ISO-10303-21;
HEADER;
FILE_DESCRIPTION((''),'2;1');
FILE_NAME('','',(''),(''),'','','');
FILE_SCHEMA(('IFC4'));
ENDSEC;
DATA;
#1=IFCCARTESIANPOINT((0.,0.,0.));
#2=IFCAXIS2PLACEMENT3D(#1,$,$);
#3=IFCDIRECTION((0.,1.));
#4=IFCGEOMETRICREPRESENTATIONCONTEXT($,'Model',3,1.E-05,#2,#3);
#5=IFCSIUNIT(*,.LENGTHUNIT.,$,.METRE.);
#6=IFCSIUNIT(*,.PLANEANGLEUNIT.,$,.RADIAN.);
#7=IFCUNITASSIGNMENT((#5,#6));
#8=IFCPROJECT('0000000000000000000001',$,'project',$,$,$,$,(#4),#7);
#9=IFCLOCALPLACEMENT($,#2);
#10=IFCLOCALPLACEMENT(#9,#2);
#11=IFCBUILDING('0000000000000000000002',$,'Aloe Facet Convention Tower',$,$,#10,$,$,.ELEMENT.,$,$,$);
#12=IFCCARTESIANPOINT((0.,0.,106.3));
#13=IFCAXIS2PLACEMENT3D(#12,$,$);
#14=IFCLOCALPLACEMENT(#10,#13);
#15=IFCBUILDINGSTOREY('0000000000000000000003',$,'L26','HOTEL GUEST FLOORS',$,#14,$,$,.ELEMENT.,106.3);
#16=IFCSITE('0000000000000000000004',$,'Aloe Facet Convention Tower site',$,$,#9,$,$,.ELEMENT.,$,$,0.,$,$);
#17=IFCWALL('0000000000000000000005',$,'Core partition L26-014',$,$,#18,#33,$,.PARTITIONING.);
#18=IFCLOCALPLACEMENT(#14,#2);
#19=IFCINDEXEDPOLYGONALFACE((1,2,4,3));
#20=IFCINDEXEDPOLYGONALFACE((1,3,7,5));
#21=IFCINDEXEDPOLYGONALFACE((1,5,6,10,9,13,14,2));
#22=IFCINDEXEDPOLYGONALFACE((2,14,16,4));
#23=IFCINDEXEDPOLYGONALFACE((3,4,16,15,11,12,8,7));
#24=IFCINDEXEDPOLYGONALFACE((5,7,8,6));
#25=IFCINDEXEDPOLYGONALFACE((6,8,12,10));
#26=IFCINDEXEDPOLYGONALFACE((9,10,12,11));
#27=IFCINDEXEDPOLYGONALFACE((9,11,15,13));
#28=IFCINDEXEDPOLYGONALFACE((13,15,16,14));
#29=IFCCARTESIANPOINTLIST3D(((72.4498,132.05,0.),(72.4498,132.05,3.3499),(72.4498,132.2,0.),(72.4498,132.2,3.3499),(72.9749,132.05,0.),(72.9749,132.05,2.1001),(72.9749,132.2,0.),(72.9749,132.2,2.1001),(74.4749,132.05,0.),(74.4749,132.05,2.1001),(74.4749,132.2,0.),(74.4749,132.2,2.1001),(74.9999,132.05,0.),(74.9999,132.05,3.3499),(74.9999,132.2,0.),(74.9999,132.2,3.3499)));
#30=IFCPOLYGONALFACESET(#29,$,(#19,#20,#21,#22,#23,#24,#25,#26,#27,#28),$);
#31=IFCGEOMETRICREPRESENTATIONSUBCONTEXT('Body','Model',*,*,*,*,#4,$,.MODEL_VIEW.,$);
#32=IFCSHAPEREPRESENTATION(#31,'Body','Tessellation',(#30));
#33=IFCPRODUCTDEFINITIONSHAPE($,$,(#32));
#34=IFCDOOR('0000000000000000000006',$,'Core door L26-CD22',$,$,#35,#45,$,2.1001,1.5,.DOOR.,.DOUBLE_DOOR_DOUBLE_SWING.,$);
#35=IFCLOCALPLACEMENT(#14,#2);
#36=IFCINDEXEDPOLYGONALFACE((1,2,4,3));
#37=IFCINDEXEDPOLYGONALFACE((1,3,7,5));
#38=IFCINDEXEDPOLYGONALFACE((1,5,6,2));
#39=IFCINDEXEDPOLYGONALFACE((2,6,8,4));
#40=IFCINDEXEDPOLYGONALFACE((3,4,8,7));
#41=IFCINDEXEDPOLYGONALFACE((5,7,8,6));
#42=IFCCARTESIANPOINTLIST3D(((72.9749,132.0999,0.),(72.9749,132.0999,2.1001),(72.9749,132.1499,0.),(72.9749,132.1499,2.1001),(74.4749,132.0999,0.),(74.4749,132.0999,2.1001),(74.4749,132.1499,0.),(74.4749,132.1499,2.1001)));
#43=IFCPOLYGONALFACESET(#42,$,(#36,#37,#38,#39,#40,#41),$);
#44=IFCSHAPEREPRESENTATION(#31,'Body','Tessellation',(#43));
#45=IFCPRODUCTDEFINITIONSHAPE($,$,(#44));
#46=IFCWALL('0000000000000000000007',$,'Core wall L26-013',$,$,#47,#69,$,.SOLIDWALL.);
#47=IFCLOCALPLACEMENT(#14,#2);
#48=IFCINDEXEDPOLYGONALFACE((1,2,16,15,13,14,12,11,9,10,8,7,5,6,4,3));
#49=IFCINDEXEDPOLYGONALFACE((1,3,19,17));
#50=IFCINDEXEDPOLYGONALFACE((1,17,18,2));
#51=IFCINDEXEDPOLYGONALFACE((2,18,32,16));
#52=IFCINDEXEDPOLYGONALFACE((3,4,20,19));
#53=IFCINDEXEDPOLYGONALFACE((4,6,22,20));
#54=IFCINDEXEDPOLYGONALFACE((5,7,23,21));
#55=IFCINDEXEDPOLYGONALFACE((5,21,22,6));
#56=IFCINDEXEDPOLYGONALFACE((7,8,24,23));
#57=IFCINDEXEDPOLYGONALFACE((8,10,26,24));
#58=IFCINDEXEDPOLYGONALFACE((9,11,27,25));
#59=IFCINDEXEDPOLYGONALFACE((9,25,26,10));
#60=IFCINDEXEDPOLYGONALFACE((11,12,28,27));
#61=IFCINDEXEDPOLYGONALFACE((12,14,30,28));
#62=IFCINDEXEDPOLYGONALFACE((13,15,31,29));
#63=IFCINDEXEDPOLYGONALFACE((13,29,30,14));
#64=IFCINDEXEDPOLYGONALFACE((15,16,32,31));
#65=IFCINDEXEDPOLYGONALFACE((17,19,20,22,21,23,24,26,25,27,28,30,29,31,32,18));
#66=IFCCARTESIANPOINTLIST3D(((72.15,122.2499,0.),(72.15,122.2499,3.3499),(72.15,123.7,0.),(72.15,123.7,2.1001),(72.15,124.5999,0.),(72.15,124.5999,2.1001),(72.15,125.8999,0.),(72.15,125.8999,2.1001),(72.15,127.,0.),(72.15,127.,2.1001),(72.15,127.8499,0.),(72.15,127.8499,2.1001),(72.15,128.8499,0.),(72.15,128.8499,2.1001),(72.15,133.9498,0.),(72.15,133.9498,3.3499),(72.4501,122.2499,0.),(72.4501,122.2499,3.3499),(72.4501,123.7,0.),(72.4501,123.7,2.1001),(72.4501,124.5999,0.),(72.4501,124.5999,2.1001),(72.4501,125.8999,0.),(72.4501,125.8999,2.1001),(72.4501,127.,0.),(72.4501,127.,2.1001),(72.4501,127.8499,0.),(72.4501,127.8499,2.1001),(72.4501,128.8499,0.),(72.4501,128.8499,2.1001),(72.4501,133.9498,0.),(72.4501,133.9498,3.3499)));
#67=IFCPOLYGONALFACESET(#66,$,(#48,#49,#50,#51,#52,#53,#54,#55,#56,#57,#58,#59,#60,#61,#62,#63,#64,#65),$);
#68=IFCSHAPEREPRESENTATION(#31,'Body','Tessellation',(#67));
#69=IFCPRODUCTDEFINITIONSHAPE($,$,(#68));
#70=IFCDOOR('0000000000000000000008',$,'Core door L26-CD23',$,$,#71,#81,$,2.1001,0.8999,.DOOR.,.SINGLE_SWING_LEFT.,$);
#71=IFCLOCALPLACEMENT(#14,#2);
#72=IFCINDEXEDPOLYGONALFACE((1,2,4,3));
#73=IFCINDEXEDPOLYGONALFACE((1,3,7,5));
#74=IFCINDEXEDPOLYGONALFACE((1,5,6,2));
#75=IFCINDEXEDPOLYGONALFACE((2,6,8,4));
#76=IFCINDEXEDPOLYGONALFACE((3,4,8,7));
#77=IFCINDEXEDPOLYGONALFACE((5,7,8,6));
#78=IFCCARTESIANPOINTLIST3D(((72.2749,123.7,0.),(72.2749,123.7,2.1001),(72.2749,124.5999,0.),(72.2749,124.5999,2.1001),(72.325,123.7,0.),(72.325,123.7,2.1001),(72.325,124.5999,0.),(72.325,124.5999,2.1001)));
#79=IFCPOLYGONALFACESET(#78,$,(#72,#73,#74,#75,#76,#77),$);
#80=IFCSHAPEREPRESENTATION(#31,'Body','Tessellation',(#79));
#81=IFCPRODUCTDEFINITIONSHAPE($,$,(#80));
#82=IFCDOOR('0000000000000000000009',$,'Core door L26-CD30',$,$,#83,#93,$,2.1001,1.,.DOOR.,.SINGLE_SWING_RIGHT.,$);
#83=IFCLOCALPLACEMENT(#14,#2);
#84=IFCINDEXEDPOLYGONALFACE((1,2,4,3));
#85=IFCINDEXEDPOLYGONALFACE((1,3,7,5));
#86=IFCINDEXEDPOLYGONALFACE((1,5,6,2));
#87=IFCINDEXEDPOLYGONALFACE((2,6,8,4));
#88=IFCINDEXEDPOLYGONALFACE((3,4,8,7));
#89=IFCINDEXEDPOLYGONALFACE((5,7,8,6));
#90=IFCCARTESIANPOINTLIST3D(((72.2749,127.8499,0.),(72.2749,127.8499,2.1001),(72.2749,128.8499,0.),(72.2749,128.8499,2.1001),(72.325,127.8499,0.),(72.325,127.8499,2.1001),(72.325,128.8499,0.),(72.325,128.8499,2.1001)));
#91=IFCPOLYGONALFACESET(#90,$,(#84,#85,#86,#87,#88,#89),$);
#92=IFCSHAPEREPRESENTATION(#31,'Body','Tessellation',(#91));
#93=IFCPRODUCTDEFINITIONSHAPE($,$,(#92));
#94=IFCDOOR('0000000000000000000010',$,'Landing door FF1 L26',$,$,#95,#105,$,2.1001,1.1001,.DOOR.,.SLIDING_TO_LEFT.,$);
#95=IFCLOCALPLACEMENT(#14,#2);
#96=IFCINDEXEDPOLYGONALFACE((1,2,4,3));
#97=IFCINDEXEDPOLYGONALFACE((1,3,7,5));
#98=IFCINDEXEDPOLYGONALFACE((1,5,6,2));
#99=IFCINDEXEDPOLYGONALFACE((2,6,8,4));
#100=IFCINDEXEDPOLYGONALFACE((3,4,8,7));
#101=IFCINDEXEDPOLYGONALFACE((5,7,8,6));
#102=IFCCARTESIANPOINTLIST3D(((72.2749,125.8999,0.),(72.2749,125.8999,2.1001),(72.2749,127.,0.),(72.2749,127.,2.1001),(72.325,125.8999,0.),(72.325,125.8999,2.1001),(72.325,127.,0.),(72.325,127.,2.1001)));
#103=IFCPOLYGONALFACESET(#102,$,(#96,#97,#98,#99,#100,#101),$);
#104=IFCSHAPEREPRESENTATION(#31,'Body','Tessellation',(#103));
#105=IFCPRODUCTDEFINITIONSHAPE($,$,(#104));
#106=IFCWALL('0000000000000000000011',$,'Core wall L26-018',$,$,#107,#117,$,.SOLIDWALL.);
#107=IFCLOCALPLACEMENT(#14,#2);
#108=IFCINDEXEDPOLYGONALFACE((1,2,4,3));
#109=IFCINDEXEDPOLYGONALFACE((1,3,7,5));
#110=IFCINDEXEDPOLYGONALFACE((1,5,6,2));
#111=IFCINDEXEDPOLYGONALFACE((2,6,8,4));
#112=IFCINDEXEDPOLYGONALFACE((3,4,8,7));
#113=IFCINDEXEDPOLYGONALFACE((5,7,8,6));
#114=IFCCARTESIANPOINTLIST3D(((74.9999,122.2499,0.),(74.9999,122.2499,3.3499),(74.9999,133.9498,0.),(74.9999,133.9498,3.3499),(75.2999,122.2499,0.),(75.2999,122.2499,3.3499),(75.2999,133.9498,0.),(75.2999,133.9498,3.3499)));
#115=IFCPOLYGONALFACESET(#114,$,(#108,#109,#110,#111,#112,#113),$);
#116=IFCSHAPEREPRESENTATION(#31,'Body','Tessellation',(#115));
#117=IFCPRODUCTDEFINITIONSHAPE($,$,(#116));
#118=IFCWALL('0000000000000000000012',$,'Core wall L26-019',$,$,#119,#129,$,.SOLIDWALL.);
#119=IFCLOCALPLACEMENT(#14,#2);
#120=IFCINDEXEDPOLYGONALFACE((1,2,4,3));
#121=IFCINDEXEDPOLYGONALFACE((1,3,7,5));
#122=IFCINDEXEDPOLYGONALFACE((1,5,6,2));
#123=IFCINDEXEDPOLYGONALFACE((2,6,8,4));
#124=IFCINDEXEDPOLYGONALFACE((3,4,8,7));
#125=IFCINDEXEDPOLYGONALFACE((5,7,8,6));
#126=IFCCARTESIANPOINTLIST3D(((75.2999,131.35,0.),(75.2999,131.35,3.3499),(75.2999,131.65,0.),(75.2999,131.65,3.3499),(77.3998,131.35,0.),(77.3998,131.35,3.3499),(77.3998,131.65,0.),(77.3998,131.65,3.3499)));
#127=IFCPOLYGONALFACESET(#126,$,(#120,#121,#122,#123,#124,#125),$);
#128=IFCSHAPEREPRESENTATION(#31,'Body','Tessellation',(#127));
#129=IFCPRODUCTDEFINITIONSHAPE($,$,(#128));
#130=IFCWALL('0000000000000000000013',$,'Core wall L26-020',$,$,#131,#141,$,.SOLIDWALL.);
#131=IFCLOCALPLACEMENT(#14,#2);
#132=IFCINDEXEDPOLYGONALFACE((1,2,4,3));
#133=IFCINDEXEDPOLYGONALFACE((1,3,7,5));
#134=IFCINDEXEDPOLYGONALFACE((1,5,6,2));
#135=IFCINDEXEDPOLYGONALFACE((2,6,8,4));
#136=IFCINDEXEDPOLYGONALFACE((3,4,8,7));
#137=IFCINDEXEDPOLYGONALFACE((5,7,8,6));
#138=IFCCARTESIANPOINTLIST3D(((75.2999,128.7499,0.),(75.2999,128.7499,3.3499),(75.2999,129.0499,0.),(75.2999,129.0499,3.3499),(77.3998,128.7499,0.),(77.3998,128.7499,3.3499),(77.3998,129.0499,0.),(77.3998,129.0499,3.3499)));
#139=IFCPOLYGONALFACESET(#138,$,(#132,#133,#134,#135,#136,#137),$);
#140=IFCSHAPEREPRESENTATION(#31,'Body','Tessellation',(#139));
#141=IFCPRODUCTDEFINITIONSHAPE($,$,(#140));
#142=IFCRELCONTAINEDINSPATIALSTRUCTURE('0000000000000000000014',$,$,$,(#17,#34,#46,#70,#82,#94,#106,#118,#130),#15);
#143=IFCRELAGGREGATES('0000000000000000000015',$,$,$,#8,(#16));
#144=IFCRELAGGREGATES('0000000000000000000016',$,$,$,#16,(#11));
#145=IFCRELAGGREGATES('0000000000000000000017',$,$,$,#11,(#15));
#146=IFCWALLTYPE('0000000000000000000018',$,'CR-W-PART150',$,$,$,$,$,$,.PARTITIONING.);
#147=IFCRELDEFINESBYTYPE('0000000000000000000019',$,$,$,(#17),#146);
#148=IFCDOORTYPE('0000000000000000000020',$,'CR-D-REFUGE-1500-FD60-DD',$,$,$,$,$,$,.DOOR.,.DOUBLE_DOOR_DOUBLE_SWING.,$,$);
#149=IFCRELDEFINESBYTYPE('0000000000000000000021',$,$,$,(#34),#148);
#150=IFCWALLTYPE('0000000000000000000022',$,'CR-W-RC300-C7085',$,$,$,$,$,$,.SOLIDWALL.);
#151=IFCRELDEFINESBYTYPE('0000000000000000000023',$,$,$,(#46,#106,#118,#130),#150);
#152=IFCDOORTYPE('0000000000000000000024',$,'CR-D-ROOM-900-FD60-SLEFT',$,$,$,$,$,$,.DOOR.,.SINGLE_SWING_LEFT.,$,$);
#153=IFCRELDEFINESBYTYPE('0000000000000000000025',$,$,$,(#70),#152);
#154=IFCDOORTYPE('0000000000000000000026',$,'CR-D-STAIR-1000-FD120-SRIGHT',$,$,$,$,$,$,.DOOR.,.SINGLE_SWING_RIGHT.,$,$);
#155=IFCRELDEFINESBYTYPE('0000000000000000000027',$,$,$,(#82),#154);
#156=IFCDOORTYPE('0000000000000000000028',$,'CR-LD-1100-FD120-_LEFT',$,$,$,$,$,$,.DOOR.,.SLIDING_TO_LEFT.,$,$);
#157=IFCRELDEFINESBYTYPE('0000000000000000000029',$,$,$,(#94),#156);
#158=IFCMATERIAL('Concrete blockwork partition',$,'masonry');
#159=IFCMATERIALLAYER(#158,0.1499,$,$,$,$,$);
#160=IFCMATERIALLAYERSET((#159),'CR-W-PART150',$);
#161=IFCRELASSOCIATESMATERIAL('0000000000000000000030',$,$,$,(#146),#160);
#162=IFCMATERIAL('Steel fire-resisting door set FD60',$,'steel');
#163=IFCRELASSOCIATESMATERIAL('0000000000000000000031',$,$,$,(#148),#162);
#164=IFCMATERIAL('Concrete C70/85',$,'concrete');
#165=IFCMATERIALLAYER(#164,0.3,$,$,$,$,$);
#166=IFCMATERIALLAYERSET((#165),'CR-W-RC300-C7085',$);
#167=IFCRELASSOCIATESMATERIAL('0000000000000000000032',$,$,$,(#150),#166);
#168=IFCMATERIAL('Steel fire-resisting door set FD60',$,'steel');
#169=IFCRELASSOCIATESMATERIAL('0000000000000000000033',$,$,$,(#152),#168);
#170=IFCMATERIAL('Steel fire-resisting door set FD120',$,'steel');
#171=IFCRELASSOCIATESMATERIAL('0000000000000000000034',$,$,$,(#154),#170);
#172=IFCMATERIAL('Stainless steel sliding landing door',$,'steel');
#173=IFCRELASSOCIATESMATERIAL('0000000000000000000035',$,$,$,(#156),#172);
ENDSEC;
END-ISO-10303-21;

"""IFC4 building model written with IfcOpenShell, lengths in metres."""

from ifc_helpers import new_model, si_unit, direction, frame, frame_2d, origin, place, context, subcontext, project, spatial, rectangle, extrude, material, layer, layer_set, type_object, element, fill, save


model = new_model("IFC4")

# Units and contexts
model_context = context("Model", 3, precision=1e-05, world=origin(), true_north=direction((0.0, 1.0)))
body_context = subcontext(model_context, "Body", "Model", "MODEL_VIEW")
ifc_project = project(units=[si_unit("LENGTHUNIT", "METRE"), si_unit("PLANEANGLEUNIT", "RADIAN")], contexts=[model_context])

# Site, building, storey
site_placement = place(None, origin())
site = spatial("IfcSite", under=ifc_project, at=site_placement, Name="Aloe Facet Convention Tower site", CompositionType="ELEMENT", RefElevation=0.0)
building_placement = place(site_placement, origin())
building = spatial("IfcBuilding", under=site, at=building_placement, Name="Aloe Facet Convention Tower", CompositionType="ELEMENT")
storey_placement = place(building_placement, frame((0.0, 0.0, 106.3)))
storey = spatial("IfcBuildingStorey", under=building, at=storey_placement, Name="L26", Description="HOTEL GUEST FLOORS", CompositionType="ELEMENT", Elevation=106.3)

# Wall, opening, door
ifc_material_1 = material(Name="Concrete blockwork partition", Category="masonry")
ifc_layer_1 = layer(ifc_material_1, 0.1499)
ifc_layer_set_1 = layer_set([ifc_layer_1], Name="CR-W-PART150")
wall_type_1 = type_object("IfcWallType", Name="CR-W-PART150", PredefinedType="PARTITIONING", material=ifc_layer_set_1)
wall_1_placement = place(storey_placement, frame((72.45, 132.125, 0.0), z_axis=(0.0, 0.0, 1.0), x_axis=(1.0, 0.0, 0.0)))
wall_1 = element("IfcWall", 1, at=wall_1_placement, inside=storey, type_object=wall_type_1, Name="Core partition L26-014", PredefinedType="PARTITIONING", context=body_context, shape_type="SweptSolid", body=[
    extrude(rectangle(XDim=2.55, YDim=0.1499, at=frame_2d((1.2749, 0.0))), origin(), (0.0, 0.0, 1.0), 3.3499),
])
opening_1_placement = place(wall_1_placement, frame((0.5249, 0.0, 0.0)))
opening_1 = element("IfcOpeningElement", 2, at=opening_1_placement, cuts=wall_1, PredefinedType="OPENING", context=body_context, shape_type="SweptSolid", body=[
    extrude(rectangle(XDim=1.5, YDim=2.1001, at=frame_2d((0.75, 1.05))), frame((0.0, 0.085, 0.0), z_axis=(0.0, -1.0, 0.0), x_axis=(1.0, 0.0, 0.0)), (0.0, 0.0, 1.0), 0.1699),
])
ifc_material_2 = material(Name="Steel fire-resisting door set FD60", Category="steel")
door_type_1 = type_object("IfcDoorType", Name="CR-D-REFUGE-1500-FD60-DD", OperationType="DOUBLE_DOOR_DOUBLE_SWING", PredefinedType="DOOR", material=ifc_material_2)
door_1_placement = place(opening_1_placement, origin())
door_1 = element("IfcDoor", 3, at=door_1_placement, inside=storey, type_object=door_type_1, Name="Core door L26-CD22", OperationType="DOUBLE_DOOR_DOUBLE_SWING", OverallHeight=2.1001, OverallWidth=1.5, PredefinedType="DOOR", context=body_context, shape_type="SweptSolid", body=[
    extrude(rectangle(XDim=1.5, YDim=2.1001, at=frame_2d((0.75, 1.05))), frame((0.0, 0.0249, 0.0), z_axis=(0.0, -1.0, 0.0), x_axis=(1.0, 0.0, 0.0)), (0.0, 0.0, 1.0), 0.05),
])
fill(opening_1, door_1)

# Wall, openings, doors
ifc_material_3 = material(Name="Concrete C70/85", Category="concrete")
ifc_layer_2 = layer(ifc_material_3, 0.3)
ifc_layer_set_2 = layer_set([ifc_layer_2], Name="CR-W-RC300-C7085")
wall_type_2 = type_object("IfcWallType", Name="CR-W-RC300-C7085", PredefinedType="SOLIDWALL", material=ifc_layer_set_2)
wall_2_placement = place(storey_placement, frame((72.3, 133.95, 0.0), z_axis=(0.0, 0.0, 1.0), x_axis=(0.0, -1.0, 0.0)))
wall_2 = element("IfcWall", 4, at=wall_2_placement, inside=storey, type_object=wall_type_2, Name="Core wall L26-013", PredefinedType="SOLIDWALL", context=body_context, shape_type="SweptSolid", body=[
    extrude(rectangle(XDim=11.7, YDim=0.3, at=frame_2d((5.8501, 0.0))), origin(), (0.0, 0.0, 1.0), 3.3499),
])
opening_2_placement = place(wall_2_placement, frame((6.95, 0.0, 0.0)))
opening_2 = element("IfcOpeningElement", 5, at=opening_2_placement, cuts=wall_2, PredefinedType="OPENING", context=body_context, shape_type="SweptSolid", body=[
    extrude(rectangle(XDim=1.1001, YDim=2.1001, at=frame_2d((0.55, 1.05))), frame((0.0, 0.1602, 0.0), z_axis=(0.0, -1.0, 0.0), x_axis=(1.0, 0.0, 0.0)), (0.0, 0.0, 1.0), 0.3201),
])
opening_3_placement = place(wall_2_placement, frame((9.3501, 0.0, 0.0)))
opening_3 = element("IfcOpeningElement", 6, at=opening_3_placement, cuts=wall_2, PredefinedType="OPENING", context=body_context, shape_type="SweptSolid", body=[
    extrude(rectangle(XDim=0.8999, YDim=2.1001, at=frame_2d((0.45, 1.05))), frame((0.0, 0.1602, 0.0), z_axis=(0.0, -1.0, 0.0), x_axis=(1.0, 0.0, 0.0)), (0.0, 0.0, 1.0), 0.3201),
])
opening_4_placement = place(wall_2_placement, frame((5.1001, 0.0, 0.0)))
opening_4 = element("IfcOpeningElement", 7, at=opening_4_placement, cuts=wall_2, PredefinedType="OPENING", context=body_context, shape_type="SweptSolid", body=[
    extrude(rectangle(XDim=1.0, YDim=2.1001, at=frame_2d((0.5, 1.05))), frame((0.0, 0.1602, 0.0), z_axis=(0.0, -1.0, 0.0), x_axis=(1.0, 0.0, 0.0)), (0.0, 0.0, 1.0), 0.3201),
])
ifc_material_4 = material(Name="Steel fire-resisting door set FD60", Category="steel")
door_type_2 = type_object("IfcDoorType", Name="CR-D-ROOM-900-FD60-SLEFT", OperationType="SINGLE_SWING_LEFT", PredefinedType="DOOR", material=ifc_material_4)
door_2_placement = place(opening_3_placement, origin())
door_2 = element("IfcDoor", 8, at=door_2_placement, inside=storey, type_object=door_type_2, Name="Core door L26-CD23", OperationType="SINGLE_SWING_LEFT", OverallHeight=2.1001, OverallWidth=0.8999, PredefinedType="DOOR", context=body_context, shape_type="SweptSolid", body=[
    extrude(rectangle(XDim=0.8999, YDim=2.1001, at=frame_2d((0.45, 1.05))), frame((0.0, 0.0249, 0.0), z_axis=(0.0, -1.0, 0.0), x_axis=(1.0, 0.0, 0.0)), (0.0, 0.0, 1.0), 0.05),
])
fill(opening_3, door_2)
ifc_material_5 = material(Name="Steel fire-resisting door set FD120", Category="steel")
door_type_3 = type_object("IfcDoorType", Name="CR-D-STAIR-1000-FD120-SRIGHT", OperationType="SINGLE_SWING_RIGHT", PredefinedType="DOOR", material=ifc_material_5)
door_3_placement = place(opening_4_placement, origin())
door_3 = element("IfcDoor", 9, at=door_3_placement, inside=storey, type_object=door_type_3, Name="Core door L26-CD30", OperationType="SINGLE_SWING_RIGHT", OverallHeight=2.1001, OverallWidth=1.0, PredefinedType="DOOR", context=body_context, shape_type="SweptSolid", body=[
    extrude(rectangle(XDim=1.0, YDim=2.1001, at=frame_2d((0.5, 1.05))), frame((0.0, 0.0249, 0.0), z_axis=(0.0, -1.0, 0.0), x_axis=(1.0, 0.0, 0.0)), (0.0, 0.0, 1.0), 0.05),
])
fill(opening_4, door_3)
ifc_material_6 = material(Name="Stainless steel sliding landing door", Category="steel")
door_type_4 = type_object("IfcDoorType", Name="CR-LD-1100-FD120-_LEFT", OperationType="SLIDING_TO_LEFT", PredefinedType="DOOR", material=ifc_material_6)
door_4_placement = place(opening_2_placement, origin())
door_4 = element("IfcDoor", 10, at=door_4_placement, inside=storey, type_object=door_type_4, Name="Landing door FF1 L26", OperationType="SLIDING_TO_LEFT", OverallHeight=2.1001, OverallWidth=1.1001, PredefinedType="DOOR", context=body_context, shape_type="SweptSolid", body=[
    extrude(rectangle(XDim=1.1001, YDim=2.1001, at=frame_2d((0.55, 1.05))), frame((0.0, 0.0249, 0.0), z_axis=(0.0, -1.0, 0.0), x_axis=(1.0, 0.0, 0.0)), (0.0, 0.0, 1.0), 0.05),
])
fill(opening_2, door_4)

# Walls
wall_3_placement = place(storey_placement, frame((75.1499, 133.95, 0.0), z_axis=(0.0, 0.0, 1.0), x_axis=(0.0, -1.0, 0.0)))
element("IfcWall", 11, at=wall_3_placement, inside=storey, type_object=wall_type_2, Name="Core wall L26-018", PredefinedType="SOLIDWALL", context=body_context, shape_type="SweptSolid", body=[
    extrude(rectangle(XDim=11.7, YDim=0.3, at=frame_2d((5.8501, 0.0))), origin(), (0.0, 0.0, 1.0), 3.3499),
])
for number, where, z_axis, x_axis, name in (
    (12, (75.3, 131.5, 0.0), (0.0, 0.0, 1.0), (1.0, 0.0, 0.0), "Core wall L26-019"),
    (13, (75.3, 128.8999, 0.0), (0.0, 0.0, 1.0), (1.0, 0.0, 0.0), "Core wall L26-020"),
):
    element("IfcWall", number, at=place(storey_placement, frame(where, z_axis=z_axis, x_axis=x_axis)), inside=storey, type_object=wall_type_2, Name=name, PredefinedType="SOLIDWALL", context=body_context, shape_type="SweptSolid", body=[
        extrude(rectangle(XDim=2.0999, YDim=0.3, at=frame_2d((1.0498, 0.0))), origin(), (0.0, 0.0, 1.0), 3.3499),
    ])

save(model, "model.ifc")
